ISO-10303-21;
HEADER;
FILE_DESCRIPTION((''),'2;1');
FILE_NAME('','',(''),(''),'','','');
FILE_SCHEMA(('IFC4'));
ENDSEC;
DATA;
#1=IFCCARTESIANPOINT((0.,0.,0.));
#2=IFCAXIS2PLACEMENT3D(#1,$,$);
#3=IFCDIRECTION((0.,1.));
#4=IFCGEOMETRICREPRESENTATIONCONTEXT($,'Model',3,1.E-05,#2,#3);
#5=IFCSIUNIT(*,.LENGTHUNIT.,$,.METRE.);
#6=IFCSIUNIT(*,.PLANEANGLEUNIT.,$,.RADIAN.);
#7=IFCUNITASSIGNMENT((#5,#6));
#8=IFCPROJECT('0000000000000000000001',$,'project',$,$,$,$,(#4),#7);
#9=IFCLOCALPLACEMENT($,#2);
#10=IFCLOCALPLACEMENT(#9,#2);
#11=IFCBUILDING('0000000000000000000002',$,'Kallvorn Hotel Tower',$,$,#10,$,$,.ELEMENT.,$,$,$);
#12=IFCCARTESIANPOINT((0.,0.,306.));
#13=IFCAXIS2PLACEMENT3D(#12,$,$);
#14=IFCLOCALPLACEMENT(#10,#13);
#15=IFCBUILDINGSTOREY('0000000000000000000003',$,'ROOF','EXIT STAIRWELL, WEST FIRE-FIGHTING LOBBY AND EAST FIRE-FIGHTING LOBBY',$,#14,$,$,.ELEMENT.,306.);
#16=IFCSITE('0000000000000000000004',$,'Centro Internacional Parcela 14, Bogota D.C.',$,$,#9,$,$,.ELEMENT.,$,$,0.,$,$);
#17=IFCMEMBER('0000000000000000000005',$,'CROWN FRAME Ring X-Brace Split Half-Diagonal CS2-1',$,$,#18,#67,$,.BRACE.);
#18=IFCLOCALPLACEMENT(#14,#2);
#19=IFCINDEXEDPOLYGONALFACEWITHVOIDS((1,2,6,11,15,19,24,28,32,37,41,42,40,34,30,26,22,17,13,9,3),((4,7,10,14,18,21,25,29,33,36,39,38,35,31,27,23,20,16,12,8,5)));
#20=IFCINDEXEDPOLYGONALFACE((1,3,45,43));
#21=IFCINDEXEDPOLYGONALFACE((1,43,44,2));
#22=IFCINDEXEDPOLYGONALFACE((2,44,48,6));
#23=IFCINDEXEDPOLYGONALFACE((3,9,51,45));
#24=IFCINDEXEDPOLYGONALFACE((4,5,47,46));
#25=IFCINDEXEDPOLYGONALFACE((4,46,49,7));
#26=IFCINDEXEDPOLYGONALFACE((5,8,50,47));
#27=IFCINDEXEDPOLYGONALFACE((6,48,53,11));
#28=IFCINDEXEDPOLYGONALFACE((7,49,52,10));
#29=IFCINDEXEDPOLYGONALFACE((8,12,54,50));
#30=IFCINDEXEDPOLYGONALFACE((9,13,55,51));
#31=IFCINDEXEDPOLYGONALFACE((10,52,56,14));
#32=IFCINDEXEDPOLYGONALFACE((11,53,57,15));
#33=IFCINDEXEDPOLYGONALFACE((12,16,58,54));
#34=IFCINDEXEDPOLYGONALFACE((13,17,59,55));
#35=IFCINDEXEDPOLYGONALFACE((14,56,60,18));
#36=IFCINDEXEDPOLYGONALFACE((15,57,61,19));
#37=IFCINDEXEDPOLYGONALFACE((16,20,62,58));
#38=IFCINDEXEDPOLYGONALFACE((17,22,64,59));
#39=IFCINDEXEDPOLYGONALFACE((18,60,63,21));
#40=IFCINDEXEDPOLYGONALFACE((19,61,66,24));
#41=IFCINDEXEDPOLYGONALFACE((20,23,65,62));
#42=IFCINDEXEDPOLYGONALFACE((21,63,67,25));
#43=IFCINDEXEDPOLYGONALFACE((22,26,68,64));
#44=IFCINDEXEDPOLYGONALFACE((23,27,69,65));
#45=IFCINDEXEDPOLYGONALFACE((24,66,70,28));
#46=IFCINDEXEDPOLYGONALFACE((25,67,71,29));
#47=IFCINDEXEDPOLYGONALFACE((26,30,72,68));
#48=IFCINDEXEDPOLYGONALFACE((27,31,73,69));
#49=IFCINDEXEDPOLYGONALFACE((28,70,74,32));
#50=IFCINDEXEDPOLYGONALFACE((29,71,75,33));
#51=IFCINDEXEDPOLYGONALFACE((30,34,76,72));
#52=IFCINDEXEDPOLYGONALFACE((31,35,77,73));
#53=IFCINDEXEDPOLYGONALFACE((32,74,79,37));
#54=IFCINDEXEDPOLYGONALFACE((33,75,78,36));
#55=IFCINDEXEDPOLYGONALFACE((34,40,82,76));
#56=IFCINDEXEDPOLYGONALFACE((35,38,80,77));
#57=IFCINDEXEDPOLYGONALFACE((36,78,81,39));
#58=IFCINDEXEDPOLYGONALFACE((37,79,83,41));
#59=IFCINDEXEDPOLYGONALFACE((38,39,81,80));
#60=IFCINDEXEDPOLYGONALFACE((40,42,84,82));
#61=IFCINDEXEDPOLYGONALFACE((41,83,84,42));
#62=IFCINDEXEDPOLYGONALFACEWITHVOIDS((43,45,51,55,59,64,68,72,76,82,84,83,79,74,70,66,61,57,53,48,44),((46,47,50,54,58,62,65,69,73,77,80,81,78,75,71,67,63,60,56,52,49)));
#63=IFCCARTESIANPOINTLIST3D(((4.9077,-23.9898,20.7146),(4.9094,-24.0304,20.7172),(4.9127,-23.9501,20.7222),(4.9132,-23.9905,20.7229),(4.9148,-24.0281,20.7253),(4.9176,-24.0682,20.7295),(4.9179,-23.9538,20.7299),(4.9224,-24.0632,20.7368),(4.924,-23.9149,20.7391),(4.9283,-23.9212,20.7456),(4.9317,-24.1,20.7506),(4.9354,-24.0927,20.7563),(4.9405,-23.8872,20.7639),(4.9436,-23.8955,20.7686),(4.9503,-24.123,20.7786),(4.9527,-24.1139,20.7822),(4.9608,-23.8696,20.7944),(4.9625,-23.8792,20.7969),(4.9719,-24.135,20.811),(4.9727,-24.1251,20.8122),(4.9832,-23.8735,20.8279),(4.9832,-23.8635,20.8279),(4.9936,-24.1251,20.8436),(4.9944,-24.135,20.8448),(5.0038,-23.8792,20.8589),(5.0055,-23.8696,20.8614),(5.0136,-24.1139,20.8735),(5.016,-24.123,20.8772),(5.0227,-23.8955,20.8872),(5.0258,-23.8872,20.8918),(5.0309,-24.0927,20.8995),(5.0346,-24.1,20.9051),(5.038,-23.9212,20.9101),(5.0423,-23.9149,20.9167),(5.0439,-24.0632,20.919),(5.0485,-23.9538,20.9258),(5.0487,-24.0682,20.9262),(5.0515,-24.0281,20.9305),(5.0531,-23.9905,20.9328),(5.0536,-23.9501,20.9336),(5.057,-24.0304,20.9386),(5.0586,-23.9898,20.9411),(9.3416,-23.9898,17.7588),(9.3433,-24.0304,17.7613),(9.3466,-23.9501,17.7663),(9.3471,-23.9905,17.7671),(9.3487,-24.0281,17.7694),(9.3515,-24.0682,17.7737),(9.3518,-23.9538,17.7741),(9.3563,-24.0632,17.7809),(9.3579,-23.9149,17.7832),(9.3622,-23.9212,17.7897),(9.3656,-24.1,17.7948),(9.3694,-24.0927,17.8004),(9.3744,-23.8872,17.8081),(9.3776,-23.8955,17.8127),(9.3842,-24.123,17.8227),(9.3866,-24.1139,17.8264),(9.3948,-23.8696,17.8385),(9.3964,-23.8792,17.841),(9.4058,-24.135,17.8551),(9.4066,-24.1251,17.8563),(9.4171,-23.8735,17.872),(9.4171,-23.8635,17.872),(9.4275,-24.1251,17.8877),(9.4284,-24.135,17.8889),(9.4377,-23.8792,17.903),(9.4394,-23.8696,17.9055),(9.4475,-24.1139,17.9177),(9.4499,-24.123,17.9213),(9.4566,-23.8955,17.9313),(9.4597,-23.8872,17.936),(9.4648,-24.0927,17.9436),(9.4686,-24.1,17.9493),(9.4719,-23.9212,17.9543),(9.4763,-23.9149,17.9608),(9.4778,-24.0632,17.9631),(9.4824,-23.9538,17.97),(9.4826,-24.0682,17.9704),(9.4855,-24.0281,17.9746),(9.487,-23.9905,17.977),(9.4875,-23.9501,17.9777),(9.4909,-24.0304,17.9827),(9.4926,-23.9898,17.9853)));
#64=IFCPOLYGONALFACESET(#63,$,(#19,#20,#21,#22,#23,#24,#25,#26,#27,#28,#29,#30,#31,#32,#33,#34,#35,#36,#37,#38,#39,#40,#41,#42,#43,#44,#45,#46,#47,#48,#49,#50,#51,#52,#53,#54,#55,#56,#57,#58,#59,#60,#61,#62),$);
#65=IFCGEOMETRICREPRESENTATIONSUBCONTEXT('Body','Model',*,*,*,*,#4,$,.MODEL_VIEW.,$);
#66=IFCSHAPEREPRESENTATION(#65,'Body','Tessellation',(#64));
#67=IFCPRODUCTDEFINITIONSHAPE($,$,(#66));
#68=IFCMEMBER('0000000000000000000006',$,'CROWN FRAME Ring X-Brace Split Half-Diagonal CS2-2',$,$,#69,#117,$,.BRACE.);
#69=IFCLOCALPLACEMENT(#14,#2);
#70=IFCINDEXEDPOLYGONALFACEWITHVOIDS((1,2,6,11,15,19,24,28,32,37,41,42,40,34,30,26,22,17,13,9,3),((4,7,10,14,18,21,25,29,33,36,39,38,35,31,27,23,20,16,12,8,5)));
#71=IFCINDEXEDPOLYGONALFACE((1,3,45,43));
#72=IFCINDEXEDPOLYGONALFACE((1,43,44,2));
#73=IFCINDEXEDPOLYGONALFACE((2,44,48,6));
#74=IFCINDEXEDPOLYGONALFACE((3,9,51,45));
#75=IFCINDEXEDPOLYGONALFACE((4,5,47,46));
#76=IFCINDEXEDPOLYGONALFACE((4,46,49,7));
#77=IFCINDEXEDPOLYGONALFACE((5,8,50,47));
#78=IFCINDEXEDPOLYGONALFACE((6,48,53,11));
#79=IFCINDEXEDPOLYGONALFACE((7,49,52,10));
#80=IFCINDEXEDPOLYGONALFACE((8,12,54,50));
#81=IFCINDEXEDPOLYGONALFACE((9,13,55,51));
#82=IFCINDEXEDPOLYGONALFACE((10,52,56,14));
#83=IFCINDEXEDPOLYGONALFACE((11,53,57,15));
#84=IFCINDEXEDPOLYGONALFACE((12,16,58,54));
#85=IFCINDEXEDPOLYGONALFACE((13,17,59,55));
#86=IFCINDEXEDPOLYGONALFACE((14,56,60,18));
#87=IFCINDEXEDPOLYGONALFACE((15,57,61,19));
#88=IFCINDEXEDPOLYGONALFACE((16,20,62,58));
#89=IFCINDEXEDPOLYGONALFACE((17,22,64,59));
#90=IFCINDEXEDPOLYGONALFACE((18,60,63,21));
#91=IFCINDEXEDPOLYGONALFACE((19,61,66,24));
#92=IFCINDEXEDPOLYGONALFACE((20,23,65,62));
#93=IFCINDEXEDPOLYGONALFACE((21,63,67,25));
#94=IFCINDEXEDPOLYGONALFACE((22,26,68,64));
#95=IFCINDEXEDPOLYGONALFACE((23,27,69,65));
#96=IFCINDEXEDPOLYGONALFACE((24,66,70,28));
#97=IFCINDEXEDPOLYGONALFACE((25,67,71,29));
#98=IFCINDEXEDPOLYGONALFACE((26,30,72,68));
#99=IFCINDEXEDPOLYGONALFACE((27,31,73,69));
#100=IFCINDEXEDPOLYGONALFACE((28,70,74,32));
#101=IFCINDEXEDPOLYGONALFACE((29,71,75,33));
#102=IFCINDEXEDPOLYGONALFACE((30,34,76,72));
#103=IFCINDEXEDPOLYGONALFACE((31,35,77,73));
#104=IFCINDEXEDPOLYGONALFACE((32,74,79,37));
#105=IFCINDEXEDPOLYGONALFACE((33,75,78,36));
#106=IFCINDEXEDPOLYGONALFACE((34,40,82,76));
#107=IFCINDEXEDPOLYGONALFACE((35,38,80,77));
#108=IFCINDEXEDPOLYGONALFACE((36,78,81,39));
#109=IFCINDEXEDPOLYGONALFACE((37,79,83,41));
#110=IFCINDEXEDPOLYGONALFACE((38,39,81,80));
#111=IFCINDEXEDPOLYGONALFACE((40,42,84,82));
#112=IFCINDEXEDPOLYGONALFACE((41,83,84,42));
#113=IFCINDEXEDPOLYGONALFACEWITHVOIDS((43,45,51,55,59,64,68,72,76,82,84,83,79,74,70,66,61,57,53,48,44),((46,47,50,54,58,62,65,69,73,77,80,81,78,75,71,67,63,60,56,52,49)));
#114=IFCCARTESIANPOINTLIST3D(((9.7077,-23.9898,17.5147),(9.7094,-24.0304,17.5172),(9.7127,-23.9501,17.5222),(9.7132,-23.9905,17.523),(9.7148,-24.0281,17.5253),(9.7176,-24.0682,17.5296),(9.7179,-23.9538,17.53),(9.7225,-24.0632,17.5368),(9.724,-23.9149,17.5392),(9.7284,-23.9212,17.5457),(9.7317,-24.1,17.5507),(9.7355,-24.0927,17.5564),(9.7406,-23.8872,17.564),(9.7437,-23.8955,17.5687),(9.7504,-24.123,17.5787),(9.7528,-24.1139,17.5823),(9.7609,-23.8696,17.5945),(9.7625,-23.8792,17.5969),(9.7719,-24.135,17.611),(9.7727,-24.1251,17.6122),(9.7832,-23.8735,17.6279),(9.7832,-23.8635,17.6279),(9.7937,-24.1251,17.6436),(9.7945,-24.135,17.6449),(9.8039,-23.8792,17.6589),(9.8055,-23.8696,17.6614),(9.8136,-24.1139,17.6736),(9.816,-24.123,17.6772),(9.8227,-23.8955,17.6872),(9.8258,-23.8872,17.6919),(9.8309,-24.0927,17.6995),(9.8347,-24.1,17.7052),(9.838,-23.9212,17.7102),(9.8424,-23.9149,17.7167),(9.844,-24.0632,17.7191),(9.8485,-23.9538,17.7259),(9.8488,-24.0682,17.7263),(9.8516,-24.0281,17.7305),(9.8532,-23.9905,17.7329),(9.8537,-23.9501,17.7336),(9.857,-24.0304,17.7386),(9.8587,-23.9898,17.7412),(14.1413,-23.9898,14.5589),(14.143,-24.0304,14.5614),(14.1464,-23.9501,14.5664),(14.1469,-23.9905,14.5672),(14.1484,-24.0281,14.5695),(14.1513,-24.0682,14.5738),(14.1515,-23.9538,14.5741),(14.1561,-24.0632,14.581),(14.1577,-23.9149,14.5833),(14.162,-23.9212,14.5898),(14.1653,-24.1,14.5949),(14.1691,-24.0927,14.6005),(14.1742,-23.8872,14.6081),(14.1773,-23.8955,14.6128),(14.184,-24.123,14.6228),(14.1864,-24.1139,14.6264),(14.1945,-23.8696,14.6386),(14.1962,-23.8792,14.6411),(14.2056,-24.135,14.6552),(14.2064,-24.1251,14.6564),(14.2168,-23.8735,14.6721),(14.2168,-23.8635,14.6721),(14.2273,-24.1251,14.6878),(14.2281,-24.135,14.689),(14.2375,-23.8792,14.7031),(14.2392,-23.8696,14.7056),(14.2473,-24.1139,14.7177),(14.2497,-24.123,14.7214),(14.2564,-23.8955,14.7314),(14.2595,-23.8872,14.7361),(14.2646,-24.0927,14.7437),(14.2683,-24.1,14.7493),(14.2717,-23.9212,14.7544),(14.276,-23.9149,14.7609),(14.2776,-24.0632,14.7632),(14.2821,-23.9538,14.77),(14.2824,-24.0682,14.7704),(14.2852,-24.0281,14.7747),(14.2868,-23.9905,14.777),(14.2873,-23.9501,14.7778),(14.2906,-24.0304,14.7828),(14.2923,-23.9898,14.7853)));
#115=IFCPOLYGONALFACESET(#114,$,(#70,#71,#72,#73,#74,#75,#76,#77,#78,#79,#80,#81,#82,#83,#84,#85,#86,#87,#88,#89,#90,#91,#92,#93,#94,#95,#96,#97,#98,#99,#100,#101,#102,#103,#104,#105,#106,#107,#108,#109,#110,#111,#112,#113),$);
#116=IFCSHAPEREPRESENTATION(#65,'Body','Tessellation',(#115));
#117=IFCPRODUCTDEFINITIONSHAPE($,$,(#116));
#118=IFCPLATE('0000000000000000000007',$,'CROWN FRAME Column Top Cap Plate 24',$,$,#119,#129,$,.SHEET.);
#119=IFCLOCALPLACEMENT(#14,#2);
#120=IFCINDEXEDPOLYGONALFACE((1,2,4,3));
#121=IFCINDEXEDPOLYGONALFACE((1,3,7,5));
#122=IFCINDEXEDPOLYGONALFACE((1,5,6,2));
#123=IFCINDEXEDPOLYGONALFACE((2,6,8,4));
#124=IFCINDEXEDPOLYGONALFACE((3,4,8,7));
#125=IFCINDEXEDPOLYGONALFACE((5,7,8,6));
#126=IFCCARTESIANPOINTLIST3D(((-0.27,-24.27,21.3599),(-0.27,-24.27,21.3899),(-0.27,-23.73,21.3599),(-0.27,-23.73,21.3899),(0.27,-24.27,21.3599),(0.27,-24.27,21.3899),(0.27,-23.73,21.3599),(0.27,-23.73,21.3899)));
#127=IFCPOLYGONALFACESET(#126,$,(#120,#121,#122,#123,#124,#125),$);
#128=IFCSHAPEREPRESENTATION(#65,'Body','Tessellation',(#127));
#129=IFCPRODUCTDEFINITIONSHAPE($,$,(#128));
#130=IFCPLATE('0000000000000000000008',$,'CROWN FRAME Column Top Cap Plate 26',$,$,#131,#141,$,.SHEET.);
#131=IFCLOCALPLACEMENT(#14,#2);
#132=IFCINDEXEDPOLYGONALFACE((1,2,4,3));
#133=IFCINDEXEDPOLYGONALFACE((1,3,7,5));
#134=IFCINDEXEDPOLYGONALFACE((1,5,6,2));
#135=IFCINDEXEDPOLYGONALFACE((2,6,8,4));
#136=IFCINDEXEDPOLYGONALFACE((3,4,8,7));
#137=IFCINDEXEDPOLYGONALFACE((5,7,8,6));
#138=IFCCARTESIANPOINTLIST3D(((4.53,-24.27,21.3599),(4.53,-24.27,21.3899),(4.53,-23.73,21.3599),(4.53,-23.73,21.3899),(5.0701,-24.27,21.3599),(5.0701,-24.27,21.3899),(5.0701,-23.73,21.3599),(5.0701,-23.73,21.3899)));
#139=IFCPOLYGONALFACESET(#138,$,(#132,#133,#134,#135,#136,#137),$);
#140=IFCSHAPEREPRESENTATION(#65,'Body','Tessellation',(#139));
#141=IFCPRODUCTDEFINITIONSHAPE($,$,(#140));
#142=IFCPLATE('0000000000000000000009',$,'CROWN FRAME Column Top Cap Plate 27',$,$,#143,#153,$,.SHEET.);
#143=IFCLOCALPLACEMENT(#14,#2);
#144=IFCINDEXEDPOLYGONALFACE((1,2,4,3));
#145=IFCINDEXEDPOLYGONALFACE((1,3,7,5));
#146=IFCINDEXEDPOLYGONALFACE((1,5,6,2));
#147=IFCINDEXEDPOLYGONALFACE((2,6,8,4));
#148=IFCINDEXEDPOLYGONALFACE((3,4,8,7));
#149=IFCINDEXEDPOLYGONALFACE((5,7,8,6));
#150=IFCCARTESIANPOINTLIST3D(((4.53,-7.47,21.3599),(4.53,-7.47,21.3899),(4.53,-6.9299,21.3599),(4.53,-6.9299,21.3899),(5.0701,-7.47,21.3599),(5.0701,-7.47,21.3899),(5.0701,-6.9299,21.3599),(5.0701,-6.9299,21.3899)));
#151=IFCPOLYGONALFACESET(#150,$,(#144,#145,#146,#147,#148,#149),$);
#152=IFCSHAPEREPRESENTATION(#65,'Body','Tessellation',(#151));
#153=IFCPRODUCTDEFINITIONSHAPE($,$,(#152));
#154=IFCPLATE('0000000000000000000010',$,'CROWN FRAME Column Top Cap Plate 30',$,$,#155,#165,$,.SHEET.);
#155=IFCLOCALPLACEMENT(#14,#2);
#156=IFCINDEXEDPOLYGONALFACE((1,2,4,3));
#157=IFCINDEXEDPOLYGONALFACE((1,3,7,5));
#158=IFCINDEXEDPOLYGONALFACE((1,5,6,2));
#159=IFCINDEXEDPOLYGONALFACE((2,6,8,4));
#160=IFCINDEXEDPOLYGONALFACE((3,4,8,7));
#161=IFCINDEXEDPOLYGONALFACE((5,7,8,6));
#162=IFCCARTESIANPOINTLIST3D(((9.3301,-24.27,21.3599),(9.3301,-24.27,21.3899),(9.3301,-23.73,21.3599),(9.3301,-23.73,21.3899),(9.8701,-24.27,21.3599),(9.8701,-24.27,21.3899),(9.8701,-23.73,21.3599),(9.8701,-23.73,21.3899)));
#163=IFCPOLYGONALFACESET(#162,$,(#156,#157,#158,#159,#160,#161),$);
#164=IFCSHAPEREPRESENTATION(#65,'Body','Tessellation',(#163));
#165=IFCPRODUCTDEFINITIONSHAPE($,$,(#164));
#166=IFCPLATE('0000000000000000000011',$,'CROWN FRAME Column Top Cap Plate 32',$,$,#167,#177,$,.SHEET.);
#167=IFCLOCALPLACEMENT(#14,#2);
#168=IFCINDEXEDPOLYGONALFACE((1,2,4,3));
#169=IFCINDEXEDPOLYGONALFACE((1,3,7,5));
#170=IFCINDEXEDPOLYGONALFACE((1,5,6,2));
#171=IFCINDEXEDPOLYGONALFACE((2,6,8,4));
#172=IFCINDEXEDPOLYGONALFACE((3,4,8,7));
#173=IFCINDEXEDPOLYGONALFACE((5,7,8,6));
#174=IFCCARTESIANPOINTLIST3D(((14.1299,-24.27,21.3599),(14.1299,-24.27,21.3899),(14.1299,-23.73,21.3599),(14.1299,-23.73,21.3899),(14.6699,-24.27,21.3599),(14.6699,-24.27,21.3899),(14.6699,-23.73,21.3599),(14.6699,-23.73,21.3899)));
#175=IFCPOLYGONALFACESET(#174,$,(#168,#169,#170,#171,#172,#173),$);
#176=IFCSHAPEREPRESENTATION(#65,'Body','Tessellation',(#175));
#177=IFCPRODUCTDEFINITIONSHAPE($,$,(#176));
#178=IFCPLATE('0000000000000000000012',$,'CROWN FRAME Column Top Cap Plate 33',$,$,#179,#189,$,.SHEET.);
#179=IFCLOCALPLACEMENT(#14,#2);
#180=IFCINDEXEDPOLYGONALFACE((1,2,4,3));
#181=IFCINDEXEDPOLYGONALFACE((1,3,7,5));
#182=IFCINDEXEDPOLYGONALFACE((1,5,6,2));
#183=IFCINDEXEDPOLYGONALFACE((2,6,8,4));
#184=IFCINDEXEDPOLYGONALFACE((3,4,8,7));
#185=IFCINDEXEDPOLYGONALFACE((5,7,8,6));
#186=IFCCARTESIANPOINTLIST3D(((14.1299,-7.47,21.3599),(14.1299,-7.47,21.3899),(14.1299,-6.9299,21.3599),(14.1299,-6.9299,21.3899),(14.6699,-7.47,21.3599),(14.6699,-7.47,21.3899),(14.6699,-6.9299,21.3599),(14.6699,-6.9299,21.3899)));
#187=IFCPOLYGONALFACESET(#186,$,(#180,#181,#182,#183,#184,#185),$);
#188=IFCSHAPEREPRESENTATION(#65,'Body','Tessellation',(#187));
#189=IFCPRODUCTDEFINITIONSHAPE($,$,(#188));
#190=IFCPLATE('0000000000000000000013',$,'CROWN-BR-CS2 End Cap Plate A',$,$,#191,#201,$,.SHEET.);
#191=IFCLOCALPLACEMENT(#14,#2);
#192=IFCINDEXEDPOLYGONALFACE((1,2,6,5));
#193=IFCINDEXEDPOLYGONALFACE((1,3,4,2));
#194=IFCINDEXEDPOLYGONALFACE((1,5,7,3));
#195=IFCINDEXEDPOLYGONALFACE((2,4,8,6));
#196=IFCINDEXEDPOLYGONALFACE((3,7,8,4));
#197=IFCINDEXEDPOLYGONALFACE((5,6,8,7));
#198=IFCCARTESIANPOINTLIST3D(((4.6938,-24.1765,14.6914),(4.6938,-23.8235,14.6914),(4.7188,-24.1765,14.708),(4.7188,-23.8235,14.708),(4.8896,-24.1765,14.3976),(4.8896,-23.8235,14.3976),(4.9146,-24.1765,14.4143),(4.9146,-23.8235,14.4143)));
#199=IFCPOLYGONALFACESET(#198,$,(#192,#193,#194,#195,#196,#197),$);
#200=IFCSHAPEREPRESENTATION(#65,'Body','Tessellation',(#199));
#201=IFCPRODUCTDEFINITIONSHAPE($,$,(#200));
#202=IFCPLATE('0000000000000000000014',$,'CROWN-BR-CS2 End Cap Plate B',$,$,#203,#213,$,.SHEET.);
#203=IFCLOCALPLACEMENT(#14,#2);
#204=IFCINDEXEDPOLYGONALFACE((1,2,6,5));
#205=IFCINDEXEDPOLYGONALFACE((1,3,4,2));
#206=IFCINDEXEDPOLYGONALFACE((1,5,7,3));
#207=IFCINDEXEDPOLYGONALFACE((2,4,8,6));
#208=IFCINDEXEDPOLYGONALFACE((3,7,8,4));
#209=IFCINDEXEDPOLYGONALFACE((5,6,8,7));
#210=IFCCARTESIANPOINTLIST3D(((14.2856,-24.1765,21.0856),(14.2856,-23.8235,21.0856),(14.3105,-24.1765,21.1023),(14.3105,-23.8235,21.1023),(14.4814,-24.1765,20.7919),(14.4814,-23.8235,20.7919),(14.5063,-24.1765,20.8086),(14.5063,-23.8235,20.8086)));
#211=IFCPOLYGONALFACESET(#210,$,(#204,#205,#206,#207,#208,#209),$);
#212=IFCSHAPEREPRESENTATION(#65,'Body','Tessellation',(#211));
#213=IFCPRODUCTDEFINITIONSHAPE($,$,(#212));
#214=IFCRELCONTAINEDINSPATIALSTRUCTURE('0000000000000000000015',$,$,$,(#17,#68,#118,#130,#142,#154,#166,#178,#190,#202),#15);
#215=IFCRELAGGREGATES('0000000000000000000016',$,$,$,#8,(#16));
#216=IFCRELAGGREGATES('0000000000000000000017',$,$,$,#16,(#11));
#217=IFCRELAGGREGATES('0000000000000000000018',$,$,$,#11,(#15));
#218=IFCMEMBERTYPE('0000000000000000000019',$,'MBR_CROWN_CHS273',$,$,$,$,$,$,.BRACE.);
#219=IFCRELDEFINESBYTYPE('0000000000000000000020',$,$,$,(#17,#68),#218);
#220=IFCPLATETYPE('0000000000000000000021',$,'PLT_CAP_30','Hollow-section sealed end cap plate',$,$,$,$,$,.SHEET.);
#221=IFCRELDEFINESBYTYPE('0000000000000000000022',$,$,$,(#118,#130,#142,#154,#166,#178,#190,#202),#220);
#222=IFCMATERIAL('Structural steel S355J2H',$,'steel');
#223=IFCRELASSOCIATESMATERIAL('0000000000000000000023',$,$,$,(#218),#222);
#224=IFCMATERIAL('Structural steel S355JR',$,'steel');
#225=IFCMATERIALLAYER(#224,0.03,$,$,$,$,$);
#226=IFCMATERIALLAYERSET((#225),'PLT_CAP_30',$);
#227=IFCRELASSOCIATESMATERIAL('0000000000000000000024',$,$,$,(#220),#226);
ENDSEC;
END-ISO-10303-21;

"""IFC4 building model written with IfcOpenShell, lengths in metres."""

from ifc_helpers import new_model, si_unit, direction, frame, origin, origin_2d, place, context, subcontext, project, spatial, polyline, rectangle, hollow_circle, outline, extrude, material, layer, layer_set, material_profile, profile_set, type_object, element, save


model = new_model("IFC4")

# Units and contexts
model_context = context("Model", 3, precision=1e-05, world=origin(), true_north=direction((0.0, 1.0)))
body_context = subcontext(model_context, "Body", "Model", "MODEL_VIEW")
ifc_project = project(units=[si_unit("LENGTHUNIT", "METRE"), si_unit("PLANEANGLEUNIT", "RADIAN")], contexts=[model_context])

# Site, building, storey
site_placement = place(None, origin())
site = spatial("IfcSite", under=ifc_project, at=site_placement, Name="Centro Internacional Parcela 14, Bogota D.C.", CompositionType="ELEMENT", RefElevation=0.0)
building_placement = place(site_placement, origin())
building = spatial("IfcBuilding", under=site, at=building_placement, Name="Kallvorn Hotel Tower", CompositionType="ELEMENT")
storey_placement = place(building_placement, frame((0.0, 0.0, 306.0)))
storey = spatial("IfcBuildingStorey", under=building, at=storey_placement, Name="ROOF", Description="EXIT STAIRWELL, WEST FIRE-FIGHTING LOBBY AND EAST FIRE-FIGHTING LOBBY", CompositionType="ELEMENT", Elevation=306.0)

# Members
ifc_material_1 = material(Name="Structural steel S355J2H", Category="steel")
ifc_material_profile_1 = material_profile(ifc_material_1, hollow_circle(Radius=0.1365, WallThickness=0.01, at=origin_2d()), Name="CHS 273x10")
ifc_profile_set_1 = profile_set([ifc_material_profile_1], Name="Structural steel S355J2H")
member_type_1 = type_object("IfcMemberType", Name="MBR_CROWN_CHS273", PredefinedType="BRACE", material=ifc_profile_set_1)
member_1_placement = place(storey_placement, frame((4.9832, -24.0, 20.8279), z_axis=(0.832057, 0.0, -0.55469), x_axis=(0.0, 1.0, 0.0)))
element("IfcMember", 1, at=member_1_placement, inside=storey, type_object=member_type_1, Name="CROWN FRAME Ring X-Brace Split Half-Diagonal CS2-1", PredefinedType="BRACE", context=body_context, shape_type="SweptSolid", body=[
    extrude(hollow_circle(Radius=0.1365, WallThickness=0.01, at=origin_2d()), origin(), (0.0, 0.0, 1.0), 5.3289),
])
member_2_placement = place(storey_placement, frame((9.7832, -24.0, 17.6279), z_axis=(0.832043, 0.0, -0.554711), x_axis=(0.0, 1.0, 0.0)))
element("IfcMember", 2, at=member_2_placement, inside=storey, type_object=member_type_1, Name="CROWN FRAME Ring X-Brace Split Half-Diagonal CS2-2", PredefinedType="BRACE", context=body_context, shape_type="SweptSolid", body=[
    extrude(hollow_circle(Radius=0.1365, WallThickness=0.01, at=origin_2d()), origin(), (0.0, 0.0, 1.0), 5.3286),
])

# Plates
ifc_material_2 = material(Name="Structural steel S355JR", Category="steel")
ifc_layer_1 = layer(ifc_material_2, 0.03)
ifc_layer_set_1 = layer_set([ifc_layer_1], Name="PLT_CAP_30")
plate_type_1 = type_object("IfcPlateType", Name="PLT_CAP_30", Description="Hollow-section sealed end cap plate", PredefinedType="SHEET", material=ifc_layer_set_1)
for number, where, z_axis, x_axis, name in (
    (3, (0.0, -24.0, 21.3599), (0.0, 0.0, 1.0), (1.0, 0.0, 0.0), "CROWN FRAME Column Top Cap Plate 24"),
    (4, (4.8, -24.0, 21.3599), (0.0, 0.0, 1.0), (1.0, 0.0, 0.0), "CROWN FRAME Column Top Cap Plate 26"),
    (5, (4.8, -7.2, 21.3599), (0.0, 0.0, 1.0), (1.0, 0.0, 0.0), "CROWN FRAME Column Top Cap Plate 27"),
    (6, (9.6001, -24.0, 21.3599), (0.0, 0.0, 1.0), (1.0, 0.0, 0.0), "CROWN FRAME Column Top Cap Plate 30"),
    (7, (14.3999, -24.0, 21.3599), (0.0, 0.0, 1.0), (1.0, 0.0, 0.0), "CROWN FRAME Column Top Cap Plate 32"),
    (8, (14.3999, -7.2, 21.3599), (0.0, 0.0, 1.0), (1.0, 0.0, 0.0), "CROWN FRAME Column Top Cap Plate 33"),
):
    element("IfcPlate", number, at=place(storey_placement, frame(where, z_axis=z_axis, x_axis=x_axis)), inside=storey, type_object=plate_type_1, Name=name, PredefinedType="SHEET", context=body_context, shape_type="SweptSolid", body=[
        extrude(rectangle(XDim=0.54, YDim=0.54, at=origin_2d()), origin(), (0.0, 0.0, 1.0), 0.03),
    ])
for number, where, z_axis, x_axis, name in (
    (9, (4.9146, -24.1765, 14.4143), (0.83205, 0.0, 0.5547), (0.0, 1.0, 0.0), "CROWN-BR-CS2 End Cap Plate A"),
    (10, (14.5063, -24.1765, 20.8086), (0.83205, 0.0, 0.5547), (0.0, 1.0, 0.0), "CROWN-BR-CS2 End Cap Plate B"),
):
    element("IfcPlate", number, at=place(storey_placement, frame(where, z_axis=z_axis, x_axis=x_axis)), inside=storey, type_object=plate_type_1, Name=name, PredefinedType="SHEET", context=body_context, shape_type="SweptSolid", body=[
        extrude(outline(polyline([(0.0, 0.0), (0.353, 0.0), (0.353, 0.353), (0.0, 0.353), (0.0, 0.0)])), origin(), (0.0, 0.0, -1.0), 0.03),
    ])

save(model, "model.ifc")
